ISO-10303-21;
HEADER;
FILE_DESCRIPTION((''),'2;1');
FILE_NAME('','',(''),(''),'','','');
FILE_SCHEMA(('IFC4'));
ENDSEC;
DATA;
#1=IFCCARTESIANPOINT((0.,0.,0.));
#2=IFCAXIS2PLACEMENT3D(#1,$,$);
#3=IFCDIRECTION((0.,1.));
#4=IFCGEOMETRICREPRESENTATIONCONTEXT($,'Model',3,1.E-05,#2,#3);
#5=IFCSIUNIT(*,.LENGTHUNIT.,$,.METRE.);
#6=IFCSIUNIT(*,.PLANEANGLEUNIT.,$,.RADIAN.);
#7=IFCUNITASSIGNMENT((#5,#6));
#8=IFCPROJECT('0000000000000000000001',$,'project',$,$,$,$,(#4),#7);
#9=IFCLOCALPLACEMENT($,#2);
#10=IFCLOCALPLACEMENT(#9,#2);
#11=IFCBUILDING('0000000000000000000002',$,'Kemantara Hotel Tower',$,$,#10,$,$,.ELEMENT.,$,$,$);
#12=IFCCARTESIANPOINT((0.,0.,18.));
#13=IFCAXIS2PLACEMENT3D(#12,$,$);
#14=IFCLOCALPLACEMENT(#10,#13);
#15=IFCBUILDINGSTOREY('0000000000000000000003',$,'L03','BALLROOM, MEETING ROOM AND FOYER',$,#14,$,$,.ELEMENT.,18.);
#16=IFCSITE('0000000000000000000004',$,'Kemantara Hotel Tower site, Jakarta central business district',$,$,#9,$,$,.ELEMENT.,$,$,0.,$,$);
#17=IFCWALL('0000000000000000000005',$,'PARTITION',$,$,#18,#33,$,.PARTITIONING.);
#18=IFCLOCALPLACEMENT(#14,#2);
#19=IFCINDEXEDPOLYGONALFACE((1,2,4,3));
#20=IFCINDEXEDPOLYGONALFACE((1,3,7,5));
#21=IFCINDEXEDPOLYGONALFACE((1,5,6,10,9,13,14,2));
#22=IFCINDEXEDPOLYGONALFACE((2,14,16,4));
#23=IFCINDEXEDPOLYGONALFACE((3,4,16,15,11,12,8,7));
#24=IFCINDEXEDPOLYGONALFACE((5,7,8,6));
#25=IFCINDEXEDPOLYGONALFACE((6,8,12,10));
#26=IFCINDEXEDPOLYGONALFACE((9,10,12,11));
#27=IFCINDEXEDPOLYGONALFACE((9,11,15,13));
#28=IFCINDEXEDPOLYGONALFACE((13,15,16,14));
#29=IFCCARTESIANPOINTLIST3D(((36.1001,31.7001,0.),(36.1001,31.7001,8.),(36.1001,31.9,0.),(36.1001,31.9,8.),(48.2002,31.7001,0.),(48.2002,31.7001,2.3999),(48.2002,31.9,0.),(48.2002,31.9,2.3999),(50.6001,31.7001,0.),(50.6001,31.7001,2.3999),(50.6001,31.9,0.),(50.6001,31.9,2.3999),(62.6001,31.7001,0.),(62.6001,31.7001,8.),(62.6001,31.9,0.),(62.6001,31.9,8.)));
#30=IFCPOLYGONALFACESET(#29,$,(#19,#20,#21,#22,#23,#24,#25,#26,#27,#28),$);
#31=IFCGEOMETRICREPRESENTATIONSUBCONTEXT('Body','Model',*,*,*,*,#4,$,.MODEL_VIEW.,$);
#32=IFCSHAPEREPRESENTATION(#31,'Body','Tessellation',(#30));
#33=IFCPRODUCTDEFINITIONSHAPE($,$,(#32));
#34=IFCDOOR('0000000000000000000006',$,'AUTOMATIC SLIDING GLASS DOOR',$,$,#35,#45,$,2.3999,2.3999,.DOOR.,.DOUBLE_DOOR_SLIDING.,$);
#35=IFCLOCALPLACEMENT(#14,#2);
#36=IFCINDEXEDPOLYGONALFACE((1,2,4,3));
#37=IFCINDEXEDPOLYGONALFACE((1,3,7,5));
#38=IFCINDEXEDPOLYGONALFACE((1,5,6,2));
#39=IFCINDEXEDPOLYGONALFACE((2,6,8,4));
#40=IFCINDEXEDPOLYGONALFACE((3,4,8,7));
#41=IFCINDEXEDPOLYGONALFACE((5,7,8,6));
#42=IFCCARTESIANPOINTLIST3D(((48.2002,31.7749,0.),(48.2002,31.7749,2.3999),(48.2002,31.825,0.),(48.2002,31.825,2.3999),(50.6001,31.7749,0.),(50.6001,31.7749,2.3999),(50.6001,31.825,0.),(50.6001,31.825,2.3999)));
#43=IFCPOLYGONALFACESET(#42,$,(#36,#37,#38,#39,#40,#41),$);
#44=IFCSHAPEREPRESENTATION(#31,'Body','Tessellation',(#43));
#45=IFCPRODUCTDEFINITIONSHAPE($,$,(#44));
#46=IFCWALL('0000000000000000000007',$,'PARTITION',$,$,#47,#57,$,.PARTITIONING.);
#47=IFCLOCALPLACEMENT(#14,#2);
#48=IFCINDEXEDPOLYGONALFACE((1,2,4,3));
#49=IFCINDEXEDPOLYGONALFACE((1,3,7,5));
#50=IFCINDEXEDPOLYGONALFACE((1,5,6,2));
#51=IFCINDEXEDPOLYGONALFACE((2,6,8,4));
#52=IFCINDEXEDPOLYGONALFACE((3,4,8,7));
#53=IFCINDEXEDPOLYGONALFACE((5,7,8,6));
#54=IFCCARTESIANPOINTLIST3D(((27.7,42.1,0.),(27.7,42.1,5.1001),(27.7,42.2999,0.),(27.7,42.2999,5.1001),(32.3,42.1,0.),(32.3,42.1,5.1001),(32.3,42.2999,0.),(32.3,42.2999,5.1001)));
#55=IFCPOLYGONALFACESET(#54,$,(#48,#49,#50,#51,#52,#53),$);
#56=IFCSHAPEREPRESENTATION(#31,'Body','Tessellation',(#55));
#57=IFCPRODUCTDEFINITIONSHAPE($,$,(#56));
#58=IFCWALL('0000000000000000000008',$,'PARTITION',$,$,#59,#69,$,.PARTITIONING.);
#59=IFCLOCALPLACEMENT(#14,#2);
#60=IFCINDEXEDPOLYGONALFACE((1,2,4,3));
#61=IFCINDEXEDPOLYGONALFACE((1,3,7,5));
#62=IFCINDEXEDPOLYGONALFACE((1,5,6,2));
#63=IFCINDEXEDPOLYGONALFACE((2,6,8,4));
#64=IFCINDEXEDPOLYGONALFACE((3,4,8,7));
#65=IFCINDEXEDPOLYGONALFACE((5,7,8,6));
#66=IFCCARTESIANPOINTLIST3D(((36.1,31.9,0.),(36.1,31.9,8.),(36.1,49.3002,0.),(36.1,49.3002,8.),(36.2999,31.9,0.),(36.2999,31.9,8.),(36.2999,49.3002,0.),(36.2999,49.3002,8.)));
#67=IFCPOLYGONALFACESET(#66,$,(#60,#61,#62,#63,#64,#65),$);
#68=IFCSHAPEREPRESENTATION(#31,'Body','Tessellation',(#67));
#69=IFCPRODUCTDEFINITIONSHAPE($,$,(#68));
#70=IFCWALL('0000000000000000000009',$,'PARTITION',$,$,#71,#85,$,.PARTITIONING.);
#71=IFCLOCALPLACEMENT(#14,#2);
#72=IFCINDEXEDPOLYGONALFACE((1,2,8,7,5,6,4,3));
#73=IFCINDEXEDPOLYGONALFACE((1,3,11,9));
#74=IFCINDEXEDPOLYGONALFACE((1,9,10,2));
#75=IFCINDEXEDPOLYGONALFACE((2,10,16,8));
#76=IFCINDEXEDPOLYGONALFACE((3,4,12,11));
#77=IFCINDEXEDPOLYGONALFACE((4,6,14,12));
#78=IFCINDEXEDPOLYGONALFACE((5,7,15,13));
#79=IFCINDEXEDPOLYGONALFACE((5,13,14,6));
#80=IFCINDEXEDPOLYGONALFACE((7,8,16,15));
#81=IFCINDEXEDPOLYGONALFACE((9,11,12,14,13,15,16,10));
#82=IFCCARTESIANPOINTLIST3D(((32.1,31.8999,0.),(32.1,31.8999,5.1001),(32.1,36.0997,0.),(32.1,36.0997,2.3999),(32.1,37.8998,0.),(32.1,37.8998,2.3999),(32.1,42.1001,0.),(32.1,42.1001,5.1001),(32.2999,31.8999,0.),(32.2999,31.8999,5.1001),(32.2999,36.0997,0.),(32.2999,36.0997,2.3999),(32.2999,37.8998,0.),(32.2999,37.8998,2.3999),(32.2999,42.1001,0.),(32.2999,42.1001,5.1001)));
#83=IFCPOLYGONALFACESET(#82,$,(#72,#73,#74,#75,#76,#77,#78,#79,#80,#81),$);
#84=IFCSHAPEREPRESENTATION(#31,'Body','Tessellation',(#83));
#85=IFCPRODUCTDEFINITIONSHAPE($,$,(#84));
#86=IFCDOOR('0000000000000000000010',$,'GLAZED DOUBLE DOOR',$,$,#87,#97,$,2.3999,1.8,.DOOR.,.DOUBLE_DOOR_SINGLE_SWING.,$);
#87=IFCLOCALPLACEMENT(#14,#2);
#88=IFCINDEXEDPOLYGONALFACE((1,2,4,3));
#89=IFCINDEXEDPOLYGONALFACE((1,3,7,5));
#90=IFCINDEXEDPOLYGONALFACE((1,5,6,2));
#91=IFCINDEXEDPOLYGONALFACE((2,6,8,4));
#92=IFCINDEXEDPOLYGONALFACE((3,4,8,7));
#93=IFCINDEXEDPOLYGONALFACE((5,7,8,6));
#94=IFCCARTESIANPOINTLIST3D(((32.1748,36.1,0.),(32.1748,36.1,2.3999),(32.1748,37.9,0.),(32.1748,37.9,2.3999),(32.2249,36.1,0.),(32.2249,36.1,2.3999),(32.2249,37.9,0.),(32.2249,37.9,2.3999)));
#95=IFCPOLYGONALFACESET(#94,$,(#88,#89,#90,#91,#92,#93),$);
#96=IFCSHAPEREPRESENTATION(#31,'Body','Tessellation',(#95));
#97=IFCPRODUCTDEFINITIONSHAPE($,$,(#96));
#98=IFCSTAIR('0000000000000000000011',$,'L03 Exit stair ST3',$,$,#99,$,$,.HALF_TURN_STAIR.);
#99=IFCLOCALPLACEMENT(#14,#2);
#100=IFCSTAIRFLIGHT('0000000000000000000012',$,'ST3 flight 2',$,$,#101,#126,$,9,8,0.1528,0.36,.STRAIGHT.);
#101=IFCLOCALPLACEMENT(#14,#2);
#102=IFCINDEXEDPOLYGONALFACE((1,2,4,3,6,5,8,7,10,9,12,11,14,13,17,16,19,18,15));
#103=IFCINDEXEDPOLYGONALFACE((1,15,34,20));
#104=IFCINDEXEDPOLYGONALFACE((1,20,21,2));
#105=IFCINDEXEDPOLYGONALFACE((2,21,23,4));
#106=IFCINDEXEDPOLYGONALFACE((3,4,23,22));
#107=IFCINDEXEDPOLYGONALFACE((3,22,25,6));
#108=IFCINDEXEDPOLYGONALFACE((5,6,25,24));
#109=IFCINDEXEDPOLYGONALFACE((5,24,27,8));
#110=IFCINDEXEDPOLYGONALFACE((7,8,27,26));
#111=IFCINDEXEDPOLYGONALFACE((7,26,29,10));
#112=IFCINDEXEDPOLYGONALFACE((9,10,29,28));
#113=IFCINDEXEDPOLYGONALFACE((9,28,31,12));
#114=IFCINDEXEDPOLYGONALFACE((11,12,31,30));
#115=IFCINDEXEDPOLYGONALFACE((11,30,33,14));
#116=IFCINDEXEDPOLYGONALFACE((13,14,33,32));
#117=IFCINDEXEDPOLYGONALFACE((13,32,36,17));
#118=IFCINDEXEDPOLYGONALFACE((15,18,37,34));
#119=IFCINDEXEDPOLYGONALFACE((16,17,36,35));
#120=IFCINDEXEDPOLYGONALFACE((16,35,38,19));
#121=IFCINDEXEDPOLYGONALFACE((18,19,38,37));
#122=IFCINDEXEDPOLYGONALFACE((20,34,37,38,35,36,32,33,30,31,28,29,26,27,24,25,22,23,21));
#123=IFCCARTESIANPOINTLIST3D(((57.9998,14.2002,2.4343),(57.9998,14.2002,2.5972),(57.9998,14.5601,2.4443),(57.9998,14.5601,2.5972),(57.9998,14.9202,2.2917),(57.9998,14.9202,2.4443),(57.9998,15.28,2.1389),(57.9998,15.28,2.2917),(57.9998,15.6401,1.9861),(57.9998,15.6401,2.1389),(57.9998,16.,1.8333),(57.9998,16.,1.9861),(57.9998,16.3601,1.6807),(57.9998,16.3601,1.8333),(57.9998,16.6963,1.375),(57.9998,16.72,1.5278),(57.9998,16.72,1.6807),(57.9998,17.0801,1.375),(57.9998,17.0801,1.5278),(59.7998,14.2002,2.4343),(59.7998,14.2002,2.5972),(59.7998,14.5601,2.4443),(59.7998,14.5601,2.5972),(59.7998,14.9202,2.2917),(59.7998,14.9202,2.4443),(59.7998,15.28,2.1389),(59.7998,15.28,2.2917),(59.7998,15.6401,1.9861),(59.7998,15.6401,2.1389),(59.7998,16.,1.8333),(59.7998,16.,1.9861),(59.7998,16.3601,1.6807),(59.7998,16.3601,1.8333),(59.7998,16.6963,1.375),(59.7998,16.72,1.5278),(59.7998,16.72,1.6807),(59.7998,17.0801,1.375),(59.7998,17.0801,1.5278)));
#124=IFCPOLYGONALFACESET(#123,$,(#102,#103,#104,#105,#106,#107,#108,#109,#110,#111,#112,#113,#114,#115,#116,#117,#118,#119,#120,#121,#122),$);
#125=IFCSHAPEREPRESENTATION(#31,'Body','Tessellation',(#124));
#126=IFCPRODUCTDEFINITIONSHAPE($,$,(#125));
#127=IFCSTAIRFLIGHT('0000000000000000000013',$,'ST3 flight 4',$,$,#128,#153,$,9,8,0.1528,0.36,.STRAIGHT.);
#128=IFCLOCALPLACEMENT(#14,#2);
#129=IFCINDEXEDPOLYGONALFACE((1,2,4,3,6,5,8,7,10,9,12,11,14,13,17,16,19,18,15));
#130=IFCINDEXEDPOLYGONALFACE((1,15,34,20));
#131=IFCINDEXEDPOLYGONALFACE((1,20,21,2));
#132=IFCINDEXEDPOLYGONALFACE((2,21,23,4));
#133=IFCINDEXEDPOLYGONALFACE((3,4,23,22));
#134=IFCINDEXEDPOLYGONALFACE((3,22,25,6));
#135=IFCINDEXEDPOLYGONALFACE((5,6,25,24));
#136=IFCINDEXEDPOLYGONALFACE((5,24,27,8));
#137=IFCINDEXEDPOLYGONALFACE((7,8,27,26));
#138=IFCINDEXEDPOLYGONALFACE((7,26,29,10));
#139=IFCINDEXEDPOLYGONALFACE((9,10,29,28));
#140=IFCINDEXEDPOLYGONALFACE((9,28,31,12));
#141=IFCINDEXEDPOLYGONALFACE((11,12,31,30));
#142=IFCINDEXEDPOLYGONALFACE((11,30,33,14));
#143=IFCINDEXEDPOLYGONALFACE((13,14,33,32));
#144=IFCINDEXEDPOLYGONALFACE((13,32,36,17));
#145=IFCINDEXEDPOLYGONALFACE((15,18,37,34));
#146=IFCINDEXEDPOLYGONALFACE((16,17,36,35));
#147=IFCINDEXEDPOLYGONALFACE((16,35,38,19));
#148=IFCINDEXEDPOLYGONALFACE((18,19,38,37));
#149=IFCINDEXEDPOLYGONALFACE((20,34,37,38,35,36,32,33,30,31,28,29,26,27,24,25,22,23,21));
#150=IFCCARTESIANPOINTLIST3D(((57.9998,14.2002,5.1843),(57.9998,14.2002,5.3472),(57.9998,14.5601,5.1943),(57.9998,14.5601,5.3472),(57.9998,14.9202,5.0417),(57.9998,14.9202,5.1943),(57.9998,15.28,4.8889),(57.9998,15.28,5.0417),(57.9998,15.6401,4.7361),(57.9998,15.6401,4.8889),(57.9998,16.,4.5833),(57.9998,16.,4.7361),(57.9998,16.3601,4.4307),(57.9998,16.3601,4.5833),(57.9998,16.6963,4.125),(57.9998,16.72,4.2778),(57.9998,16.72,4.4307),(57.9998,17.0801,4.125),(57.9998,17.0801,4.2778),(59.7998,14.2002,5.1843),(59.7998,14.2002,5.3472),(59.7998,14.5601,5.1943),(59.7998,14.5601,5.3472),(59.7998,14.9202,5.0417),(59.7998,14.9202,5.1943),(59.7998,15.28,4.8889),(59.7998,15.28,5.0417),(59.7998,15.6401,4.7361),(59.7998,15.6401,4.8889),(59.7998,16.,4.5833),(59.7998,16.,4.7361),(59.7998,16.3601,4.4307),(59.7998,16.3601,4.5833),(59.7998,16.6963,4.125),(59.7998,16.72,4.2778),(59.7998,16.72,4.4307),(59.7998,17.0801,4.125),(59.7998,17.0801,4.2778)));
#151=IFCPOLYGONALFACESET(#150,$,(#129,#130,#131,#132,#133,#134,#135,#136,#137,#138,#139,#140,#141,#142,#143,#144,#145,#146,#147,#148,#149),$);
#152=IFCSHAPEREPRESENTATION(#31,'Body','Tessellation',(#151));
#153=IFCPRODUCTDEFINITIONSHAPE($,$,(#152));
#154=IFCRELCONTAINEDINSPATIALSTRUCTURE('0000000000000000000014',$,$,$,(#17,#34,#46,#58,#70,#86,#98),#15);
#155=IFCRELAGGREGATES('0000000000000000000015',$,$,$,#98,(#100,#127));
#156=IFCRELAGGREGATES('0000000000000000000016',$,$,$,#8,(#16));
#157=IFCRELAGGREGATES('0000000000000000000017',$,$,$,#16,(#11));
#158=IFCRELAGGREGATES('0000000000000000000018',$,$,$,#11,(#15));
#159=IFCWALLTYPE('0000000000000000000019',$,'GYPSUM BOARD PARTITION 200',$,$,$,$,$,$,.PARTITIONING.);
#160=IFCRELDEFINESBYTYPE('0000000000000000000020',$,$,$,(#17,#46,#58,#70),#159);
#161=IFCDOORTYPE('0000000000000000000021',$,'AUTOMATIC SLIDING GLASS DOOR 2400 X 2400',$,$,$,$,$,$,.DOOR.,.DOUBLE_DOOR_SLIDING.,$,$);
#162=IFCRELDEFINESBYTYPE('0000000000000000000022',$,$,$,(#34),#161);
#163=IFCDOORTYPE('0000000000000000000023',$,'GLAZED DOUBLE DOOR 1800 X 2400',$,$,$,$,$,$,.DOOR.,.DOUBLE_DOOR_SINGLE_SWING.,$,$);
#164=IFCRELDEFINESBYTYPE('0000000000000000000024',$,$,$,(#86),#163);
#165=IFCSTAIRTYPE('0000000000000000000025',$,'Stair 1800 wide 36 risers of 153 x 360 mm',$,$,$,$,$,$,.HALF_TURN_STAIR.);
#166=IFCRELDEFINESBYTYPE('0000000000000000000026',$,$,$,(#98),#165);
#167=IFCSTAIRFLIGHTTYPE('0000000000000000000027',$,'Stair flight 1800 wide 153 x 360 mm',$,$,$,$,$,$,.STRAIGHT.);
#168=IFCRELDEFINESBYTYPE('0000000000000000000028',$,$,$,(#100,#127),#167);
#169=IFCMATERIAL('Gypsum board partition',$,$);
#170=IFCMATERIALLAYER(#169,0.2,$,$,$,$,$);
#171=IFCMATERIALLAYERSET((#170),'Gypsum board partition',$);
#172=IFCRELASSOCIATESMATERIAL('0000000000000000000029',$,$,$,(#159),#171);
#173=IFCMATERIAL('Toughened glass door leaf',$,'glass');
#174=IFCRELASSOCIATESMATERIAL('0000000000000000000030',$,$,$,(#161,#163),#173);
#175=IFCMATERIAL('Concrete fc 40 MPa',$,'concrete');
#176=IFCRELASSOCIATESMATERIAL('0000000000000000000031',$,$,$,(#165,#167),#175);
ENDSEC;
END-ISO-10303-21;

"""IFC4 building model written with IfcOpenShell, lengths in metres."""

from ifc_helpers import new_model, si_unit, direction, frame, frame_2d, origin, place, context, subcontext, project, spatial, polyline, rectangle, outline, extrude, material, layer, layer_set, type_object, element, fill, aggregate, save


model = new_model("IFC4")

# Units and contexts
model_context = context("Model", 3, precision=1e-05, world=origin(), true_north=direction((0.0, 1.0)))
body_context = subcontext(model_context, "Body", "Model", "MODEL_VIEW")
ifc_project = project(units=[si_unit("LENGTHUNIT", "METRE"), si_unit("PLANEANGLEUNIT", "RADIAN")], contexts=[model_context])

# Site, building, storey
site_placement = place(None, origin())
site = spatial("IfcSite", under=ifc_project, at=site_placement, Name="Kemantara Hotel Tower site, Jakarta central business district", CompositionType="ELEMENT", RefElevation=0.0)
building_placement = place(site_placement, origin())
building = spatial("IfcBuilding", under=site, at=building_placement, Name="Kemantara Hotel Tower", CompositionType="ELEMENT")
storey_placement = place(building_placement, frame((0.0, 0.0, 18.0)))
storey = spatial("IfcBuildingStorey", under=building, at=storey_placement, Name="L03", Description="BALLROOM, MEETING ROOM AND FOYER", CompositionType="ELEMENT", Elevation=18.0)

# Shared definitions
ifc_material_1 = material(Name="Concrete fc 40 MPa", Category="concrete")

# Wall, opening, door
ifc_material_2 = material(Name="Gypsum board partition")
ifc_layer_1 = layer(ifc_material_2, 0.2)
ifc_layer_set_1 = layer_set([ifc_layer_1], Name="Gypsum board partition")
wall_type_1 = type_object("IfcWallType", Name="GYPSUM BOARD PARTITION 200", PredefinedType="PARTITIONING", material=ifc_layer_set_1)
wall_1_placement = place(storey_placement, frame((36.1001, 31.8, 0.0), z_axis=(0.0, 0.0, 1.0), x_axis=(1.0, 0.0, 0.0)))
wall_1 = element("IfcWall", 1, at=wall_1_placement, inside=storey, type_object=wall_type_1, Name="PARTITION", PredefinedType="PARTITIONING", context=body_context, shape_type="SweptSolid", body=[
    extrude(rectangle(XDim=26.5, YDim=0.2, at=frame_2d((13.25, 0.0))), origin(), (0.0, 0.0, 1.0), 8.0),
])
opening_1_placement = place(wall_1_placement, frame((12.1001, 0.0, 0.0)))
opening_1 = element("IfcOpeningElement", 2, at=opening_1_placement, cuts=wall_1, PredefinedType="OPENING", context=body_context, shape_type="SweptSolid", body=[
    extrude(rectangle(XDim=2.3999, YDim=2.3999, at=frame_2d((1.2, 1.2))), frame((0.0, 0.1099, 0.0), z_axis=(0.0, -1.0, 0.0), x_axis=(1.0, 0.0, 0.0)), (0.0, 0.0, 1.0), 0.22),
])
ifc_material_3 = material(Name="Toughened glass door leaf", Category="glass")
door_type_1 = type_object("IfcDoorType", Name="AUTOMATIC SLIDING GLASS DOOR 2400 X 2400", OperationType="DOUBLE_DOOR_SLIDING", PredefinedType="DOOR", material=ifc_material_3)
door_1_placement = place(opening_1_placement, origin())
door_1 = element("IfcDoor", 3, at=door_1_placement, inside=storey, type_object=door_type_1, Name="AUTOMATIC SLIDING GLASS DOOR", OperationType="DOUBLE_DOOR_SLIDING", OverallHeight=2.3999, OverallWidth=2.3999, PredefinedType="DOOR", context=body_context, shape_type="SweptSolid", body=[
    extrude(rectangle(XDim=2.3999, YDim=2.3999, at=frame_2d((1.2, 1.2))), frame((0.0, 0.0249, 0.0), z_axis=(0.0, -1.0, 0.0), x_axis=(1.0, 0.0, 0.0)), (0.0, 0.0, 1.0), 0.05),
])
fill(opening_1, door_1)

# Walls
wall_2_placement = place(storey_placement, frame((27.7, 42.2, 0.0), z_axis=(0.0, 0.0, 1.0), x_axis=(1.0, 0.0, 0.0)))
element("IfcWall", 4, at=wall_2_placement, inside=storey, type_object=wall_type_1, Name="PARTITION", PredefinedType="PARTITIONING", context=body_context, shape_type="SweptSolid", body=[
    extrude(rectangle(XDim=4.6001, YDim=0.2, at=frame_2d((2.3, 0.0))), origin(), (0.0, 0.0, 1.0), 5.1001),
])
wall_3_placement = place(storey_placement, frame((36.2, 31.8999, 0.0), z_axis=(0.0, 0.0, 1.0), x_axis=(0.0, 1.0, 0.0)))
element("IfcWall", 5, at=wall_3_placement, inside=storey, type_object=wall_type_1, Name="PARTITION", PredefinedType="PARTITIONING", context=body_context, shape_type="SweptSolid", body=[
    extrude(rectangle(XDim=17.4001, YDim=0.2, at=frame_2d((8.7002, 0.0))), origin(), (0.0, 0.0, 1.0), 8.0),
])

# Wall, opening, door
wall_4_placement = place(storey_placement, frame((32.2, 31.8999, 0.0), z_axis=(0.0, 0.0, 1.0), x_axis=(0.0, 1.0, 0.0)))
wall_4 = element("IfcWall", 6, at=wall_4_placement, inside=storey, type_object=wall_type_1, Name="PARTITION", PredefinedType="PARTITIONING", context=body_context, shape_type="SweptSolid", body=[
    extrude(rectangle(XDim=10.2002, YDim=0.2, at=frame_2d((5.1001, 0.0))), origin(), (0.0, 0.0, 1.0), 5.1001),
])
opening_2_placement = place(wall_4_placement, frame((4.2, 0.0, 0.0)))
opening_2 = element("IfcOpeningElement", 7, at=opening_2_placement, cuts=wall_4, PredefinedType="OPENING", context=body_context, shape_type="SweptSolid", body=[
    extrude(rectangle(XDim=1.8, YDim=2.3999, at=frame_2d((0.8999, 1.2))), frame((0.0, 0.1099, 0.0), z_axis=(0.0, -1.0, 0.0), x_axis=(1.0, 0.0, 0.0)), (0.0, 0.0, 1.0), 0.22),
])
door_type_2 = type_object("IfcDoorType", Name="GLAZED DOUBLE DOOR 1800 X 2400", OperationType="DOUBLE_DOOR_SINGLE_SWING", PredefinedType="DOOR", material=ifc_material_3)
door_2_placement = place(opening_2_placement, frame((1.8, 0.0, 0.0), z_axis=(0.0, 0.0, 1.0), x_axis=(-1.0, 0.0, 0.0)))
door_2 = element("IfcDoor", 8, at=door_2_placement, inside=storey, type_object=door_type_2, Name="GLAZED DOUBLE DOOR", OperationType="DOUBLE_DOOR_SINGLE_SWING", OverallHeight=2.3999, OverallWidth=1.8, PredefinedType="DOOR", context=body_context, shape_type="SweptSolid", body=[
    extrude(rectangle(XDim=1.8, YDim=2.3999, at=frame_2d((0.8999, 1.2))), frame((0.0, 0.0249, 0.0), z_axis=(0.0, -1.0, 0.0), x_axis=(1.0, 0.0, 0.0)), (0.0, 0.0, 1.0), 0.05),
])
fill(opening_2, door_2)

# Stair, stair flights
stair_type = type_object("IfcStairType", Name="Stair 1800 wide 36 risers of 153 x 360 mm", PredefinedType="HALF_TURN_STAIR", material=ifc_material_1)
stair_1_placement = place(storey_placement, origin())
stair_1 = element("IfcStair", 9, at=stair_1_placement, inside=storey, type_object=stair_type, Name="L03 Exit stair ST3", PredefinedType="HALF_TURN_STAIR")
stair_flight_type = type_object("IfcStairFlightType", Name="Stair flight 1800 wide 153 x 360 mm", PredefinedType="STRAIGHT", material=ifc_material_1)
stair_flight_1_placement = place(storey_placement, frame((58.8999, 17.0801, 1.375), z_axis=(0.0, 0.0, 1.0), x_axis=(0.0, -1.0, 0.0)))
stair_flight_1 = element("IfcStairFlight", 10, at=stair_flight_1_placement, type_object=stair_flight_type, Name="ST3 flight 2", NumberOfRisers=9, NumberOfTreads=8, PredefinedType="STRAIGHT", RiserHeight=0.1528, TreadLength=0.36, context=body_context, shape_type="SweptSolid", body=[
    extrude(outline(polyline([(0.0, 0.0), (0.0, 0.1528), (0.3601, 0.1528), (0.3601, 0.3057), (0.72, 0.3057), (0.72, 0.4583), (1.0801, 0.4583), (1.0801, 0.6111), (1.4399, 0.6111), (1.4399, 0.7639), (1.8, 0.7639), (1.8, 0.9167), (2.1599, 0.9167), (2.1599, 1.0693), (2.52, 1.0693), (2.52, 1.2222), (2.8799, 1.2222), (2.8799, 1.375), (2.8799, 1.0593), (0.3838, 0.0), (0.0, 0.0)])), frame((0.0, 0.8999, 0.0), z_axis=(0.0, -1.0, 0.0), x_axis=(1.0, 0.0, 0.0)), (0.0, 0.0, 1.0), 1.8),
])
stair_flight_2_placement = place(storey_placement, frame((58.8999, 17.0801, 4.125), z_axis=(0.0, 0.0, 1.0), x_axis=(0.0, -1.0, 0.0)))
stair_flight_2 = element("IfcStairFlight", 11, at=stair_flight_2_placement, type_object=stair_flight_type, Name="ST3 flight 4", NumberOfRisers=9, NumberOfTreads=8, PredefinedType="STRAIGHT", RiserHeight=0.1528, TreadLength=0.36, context=body_context, shape_type="SweptSolid", body=[
    extrude(outline(polyline([(0.0, 0.0), (0.0, 0.1528), (0.3601, 0.1528), (0.3601, 0.3057), (0.72, 0.3057), (0.72, 0.4583), (1.0801, 0.4583), (1.0801, 0.6111), (1.4399, 0.6111), (1.4399, 0.7639), (1.8, 0.7639), (1.8, 0.9167), (2.1599, 0.9167), (2.1599, 1.0693), (2.52, 1.0693), (2.52, 1.2222), (2.8799, 1.2222), (2.8799, 1.375), (2.8799, 1.0593), (0.3838, 0.0), (0.0, 0.0)])), frame((0.0, 0.8999, 0.0), z_axis=(0.0, -1.0, 0.0), x_axis=(1.0, 0.0, 0.0)), (0.0, 0.0, 1.0), 1.8),
])
aggregate(stair_1, [stair_flight_1, stair_flight_2])

save(model, "model.ifc")
